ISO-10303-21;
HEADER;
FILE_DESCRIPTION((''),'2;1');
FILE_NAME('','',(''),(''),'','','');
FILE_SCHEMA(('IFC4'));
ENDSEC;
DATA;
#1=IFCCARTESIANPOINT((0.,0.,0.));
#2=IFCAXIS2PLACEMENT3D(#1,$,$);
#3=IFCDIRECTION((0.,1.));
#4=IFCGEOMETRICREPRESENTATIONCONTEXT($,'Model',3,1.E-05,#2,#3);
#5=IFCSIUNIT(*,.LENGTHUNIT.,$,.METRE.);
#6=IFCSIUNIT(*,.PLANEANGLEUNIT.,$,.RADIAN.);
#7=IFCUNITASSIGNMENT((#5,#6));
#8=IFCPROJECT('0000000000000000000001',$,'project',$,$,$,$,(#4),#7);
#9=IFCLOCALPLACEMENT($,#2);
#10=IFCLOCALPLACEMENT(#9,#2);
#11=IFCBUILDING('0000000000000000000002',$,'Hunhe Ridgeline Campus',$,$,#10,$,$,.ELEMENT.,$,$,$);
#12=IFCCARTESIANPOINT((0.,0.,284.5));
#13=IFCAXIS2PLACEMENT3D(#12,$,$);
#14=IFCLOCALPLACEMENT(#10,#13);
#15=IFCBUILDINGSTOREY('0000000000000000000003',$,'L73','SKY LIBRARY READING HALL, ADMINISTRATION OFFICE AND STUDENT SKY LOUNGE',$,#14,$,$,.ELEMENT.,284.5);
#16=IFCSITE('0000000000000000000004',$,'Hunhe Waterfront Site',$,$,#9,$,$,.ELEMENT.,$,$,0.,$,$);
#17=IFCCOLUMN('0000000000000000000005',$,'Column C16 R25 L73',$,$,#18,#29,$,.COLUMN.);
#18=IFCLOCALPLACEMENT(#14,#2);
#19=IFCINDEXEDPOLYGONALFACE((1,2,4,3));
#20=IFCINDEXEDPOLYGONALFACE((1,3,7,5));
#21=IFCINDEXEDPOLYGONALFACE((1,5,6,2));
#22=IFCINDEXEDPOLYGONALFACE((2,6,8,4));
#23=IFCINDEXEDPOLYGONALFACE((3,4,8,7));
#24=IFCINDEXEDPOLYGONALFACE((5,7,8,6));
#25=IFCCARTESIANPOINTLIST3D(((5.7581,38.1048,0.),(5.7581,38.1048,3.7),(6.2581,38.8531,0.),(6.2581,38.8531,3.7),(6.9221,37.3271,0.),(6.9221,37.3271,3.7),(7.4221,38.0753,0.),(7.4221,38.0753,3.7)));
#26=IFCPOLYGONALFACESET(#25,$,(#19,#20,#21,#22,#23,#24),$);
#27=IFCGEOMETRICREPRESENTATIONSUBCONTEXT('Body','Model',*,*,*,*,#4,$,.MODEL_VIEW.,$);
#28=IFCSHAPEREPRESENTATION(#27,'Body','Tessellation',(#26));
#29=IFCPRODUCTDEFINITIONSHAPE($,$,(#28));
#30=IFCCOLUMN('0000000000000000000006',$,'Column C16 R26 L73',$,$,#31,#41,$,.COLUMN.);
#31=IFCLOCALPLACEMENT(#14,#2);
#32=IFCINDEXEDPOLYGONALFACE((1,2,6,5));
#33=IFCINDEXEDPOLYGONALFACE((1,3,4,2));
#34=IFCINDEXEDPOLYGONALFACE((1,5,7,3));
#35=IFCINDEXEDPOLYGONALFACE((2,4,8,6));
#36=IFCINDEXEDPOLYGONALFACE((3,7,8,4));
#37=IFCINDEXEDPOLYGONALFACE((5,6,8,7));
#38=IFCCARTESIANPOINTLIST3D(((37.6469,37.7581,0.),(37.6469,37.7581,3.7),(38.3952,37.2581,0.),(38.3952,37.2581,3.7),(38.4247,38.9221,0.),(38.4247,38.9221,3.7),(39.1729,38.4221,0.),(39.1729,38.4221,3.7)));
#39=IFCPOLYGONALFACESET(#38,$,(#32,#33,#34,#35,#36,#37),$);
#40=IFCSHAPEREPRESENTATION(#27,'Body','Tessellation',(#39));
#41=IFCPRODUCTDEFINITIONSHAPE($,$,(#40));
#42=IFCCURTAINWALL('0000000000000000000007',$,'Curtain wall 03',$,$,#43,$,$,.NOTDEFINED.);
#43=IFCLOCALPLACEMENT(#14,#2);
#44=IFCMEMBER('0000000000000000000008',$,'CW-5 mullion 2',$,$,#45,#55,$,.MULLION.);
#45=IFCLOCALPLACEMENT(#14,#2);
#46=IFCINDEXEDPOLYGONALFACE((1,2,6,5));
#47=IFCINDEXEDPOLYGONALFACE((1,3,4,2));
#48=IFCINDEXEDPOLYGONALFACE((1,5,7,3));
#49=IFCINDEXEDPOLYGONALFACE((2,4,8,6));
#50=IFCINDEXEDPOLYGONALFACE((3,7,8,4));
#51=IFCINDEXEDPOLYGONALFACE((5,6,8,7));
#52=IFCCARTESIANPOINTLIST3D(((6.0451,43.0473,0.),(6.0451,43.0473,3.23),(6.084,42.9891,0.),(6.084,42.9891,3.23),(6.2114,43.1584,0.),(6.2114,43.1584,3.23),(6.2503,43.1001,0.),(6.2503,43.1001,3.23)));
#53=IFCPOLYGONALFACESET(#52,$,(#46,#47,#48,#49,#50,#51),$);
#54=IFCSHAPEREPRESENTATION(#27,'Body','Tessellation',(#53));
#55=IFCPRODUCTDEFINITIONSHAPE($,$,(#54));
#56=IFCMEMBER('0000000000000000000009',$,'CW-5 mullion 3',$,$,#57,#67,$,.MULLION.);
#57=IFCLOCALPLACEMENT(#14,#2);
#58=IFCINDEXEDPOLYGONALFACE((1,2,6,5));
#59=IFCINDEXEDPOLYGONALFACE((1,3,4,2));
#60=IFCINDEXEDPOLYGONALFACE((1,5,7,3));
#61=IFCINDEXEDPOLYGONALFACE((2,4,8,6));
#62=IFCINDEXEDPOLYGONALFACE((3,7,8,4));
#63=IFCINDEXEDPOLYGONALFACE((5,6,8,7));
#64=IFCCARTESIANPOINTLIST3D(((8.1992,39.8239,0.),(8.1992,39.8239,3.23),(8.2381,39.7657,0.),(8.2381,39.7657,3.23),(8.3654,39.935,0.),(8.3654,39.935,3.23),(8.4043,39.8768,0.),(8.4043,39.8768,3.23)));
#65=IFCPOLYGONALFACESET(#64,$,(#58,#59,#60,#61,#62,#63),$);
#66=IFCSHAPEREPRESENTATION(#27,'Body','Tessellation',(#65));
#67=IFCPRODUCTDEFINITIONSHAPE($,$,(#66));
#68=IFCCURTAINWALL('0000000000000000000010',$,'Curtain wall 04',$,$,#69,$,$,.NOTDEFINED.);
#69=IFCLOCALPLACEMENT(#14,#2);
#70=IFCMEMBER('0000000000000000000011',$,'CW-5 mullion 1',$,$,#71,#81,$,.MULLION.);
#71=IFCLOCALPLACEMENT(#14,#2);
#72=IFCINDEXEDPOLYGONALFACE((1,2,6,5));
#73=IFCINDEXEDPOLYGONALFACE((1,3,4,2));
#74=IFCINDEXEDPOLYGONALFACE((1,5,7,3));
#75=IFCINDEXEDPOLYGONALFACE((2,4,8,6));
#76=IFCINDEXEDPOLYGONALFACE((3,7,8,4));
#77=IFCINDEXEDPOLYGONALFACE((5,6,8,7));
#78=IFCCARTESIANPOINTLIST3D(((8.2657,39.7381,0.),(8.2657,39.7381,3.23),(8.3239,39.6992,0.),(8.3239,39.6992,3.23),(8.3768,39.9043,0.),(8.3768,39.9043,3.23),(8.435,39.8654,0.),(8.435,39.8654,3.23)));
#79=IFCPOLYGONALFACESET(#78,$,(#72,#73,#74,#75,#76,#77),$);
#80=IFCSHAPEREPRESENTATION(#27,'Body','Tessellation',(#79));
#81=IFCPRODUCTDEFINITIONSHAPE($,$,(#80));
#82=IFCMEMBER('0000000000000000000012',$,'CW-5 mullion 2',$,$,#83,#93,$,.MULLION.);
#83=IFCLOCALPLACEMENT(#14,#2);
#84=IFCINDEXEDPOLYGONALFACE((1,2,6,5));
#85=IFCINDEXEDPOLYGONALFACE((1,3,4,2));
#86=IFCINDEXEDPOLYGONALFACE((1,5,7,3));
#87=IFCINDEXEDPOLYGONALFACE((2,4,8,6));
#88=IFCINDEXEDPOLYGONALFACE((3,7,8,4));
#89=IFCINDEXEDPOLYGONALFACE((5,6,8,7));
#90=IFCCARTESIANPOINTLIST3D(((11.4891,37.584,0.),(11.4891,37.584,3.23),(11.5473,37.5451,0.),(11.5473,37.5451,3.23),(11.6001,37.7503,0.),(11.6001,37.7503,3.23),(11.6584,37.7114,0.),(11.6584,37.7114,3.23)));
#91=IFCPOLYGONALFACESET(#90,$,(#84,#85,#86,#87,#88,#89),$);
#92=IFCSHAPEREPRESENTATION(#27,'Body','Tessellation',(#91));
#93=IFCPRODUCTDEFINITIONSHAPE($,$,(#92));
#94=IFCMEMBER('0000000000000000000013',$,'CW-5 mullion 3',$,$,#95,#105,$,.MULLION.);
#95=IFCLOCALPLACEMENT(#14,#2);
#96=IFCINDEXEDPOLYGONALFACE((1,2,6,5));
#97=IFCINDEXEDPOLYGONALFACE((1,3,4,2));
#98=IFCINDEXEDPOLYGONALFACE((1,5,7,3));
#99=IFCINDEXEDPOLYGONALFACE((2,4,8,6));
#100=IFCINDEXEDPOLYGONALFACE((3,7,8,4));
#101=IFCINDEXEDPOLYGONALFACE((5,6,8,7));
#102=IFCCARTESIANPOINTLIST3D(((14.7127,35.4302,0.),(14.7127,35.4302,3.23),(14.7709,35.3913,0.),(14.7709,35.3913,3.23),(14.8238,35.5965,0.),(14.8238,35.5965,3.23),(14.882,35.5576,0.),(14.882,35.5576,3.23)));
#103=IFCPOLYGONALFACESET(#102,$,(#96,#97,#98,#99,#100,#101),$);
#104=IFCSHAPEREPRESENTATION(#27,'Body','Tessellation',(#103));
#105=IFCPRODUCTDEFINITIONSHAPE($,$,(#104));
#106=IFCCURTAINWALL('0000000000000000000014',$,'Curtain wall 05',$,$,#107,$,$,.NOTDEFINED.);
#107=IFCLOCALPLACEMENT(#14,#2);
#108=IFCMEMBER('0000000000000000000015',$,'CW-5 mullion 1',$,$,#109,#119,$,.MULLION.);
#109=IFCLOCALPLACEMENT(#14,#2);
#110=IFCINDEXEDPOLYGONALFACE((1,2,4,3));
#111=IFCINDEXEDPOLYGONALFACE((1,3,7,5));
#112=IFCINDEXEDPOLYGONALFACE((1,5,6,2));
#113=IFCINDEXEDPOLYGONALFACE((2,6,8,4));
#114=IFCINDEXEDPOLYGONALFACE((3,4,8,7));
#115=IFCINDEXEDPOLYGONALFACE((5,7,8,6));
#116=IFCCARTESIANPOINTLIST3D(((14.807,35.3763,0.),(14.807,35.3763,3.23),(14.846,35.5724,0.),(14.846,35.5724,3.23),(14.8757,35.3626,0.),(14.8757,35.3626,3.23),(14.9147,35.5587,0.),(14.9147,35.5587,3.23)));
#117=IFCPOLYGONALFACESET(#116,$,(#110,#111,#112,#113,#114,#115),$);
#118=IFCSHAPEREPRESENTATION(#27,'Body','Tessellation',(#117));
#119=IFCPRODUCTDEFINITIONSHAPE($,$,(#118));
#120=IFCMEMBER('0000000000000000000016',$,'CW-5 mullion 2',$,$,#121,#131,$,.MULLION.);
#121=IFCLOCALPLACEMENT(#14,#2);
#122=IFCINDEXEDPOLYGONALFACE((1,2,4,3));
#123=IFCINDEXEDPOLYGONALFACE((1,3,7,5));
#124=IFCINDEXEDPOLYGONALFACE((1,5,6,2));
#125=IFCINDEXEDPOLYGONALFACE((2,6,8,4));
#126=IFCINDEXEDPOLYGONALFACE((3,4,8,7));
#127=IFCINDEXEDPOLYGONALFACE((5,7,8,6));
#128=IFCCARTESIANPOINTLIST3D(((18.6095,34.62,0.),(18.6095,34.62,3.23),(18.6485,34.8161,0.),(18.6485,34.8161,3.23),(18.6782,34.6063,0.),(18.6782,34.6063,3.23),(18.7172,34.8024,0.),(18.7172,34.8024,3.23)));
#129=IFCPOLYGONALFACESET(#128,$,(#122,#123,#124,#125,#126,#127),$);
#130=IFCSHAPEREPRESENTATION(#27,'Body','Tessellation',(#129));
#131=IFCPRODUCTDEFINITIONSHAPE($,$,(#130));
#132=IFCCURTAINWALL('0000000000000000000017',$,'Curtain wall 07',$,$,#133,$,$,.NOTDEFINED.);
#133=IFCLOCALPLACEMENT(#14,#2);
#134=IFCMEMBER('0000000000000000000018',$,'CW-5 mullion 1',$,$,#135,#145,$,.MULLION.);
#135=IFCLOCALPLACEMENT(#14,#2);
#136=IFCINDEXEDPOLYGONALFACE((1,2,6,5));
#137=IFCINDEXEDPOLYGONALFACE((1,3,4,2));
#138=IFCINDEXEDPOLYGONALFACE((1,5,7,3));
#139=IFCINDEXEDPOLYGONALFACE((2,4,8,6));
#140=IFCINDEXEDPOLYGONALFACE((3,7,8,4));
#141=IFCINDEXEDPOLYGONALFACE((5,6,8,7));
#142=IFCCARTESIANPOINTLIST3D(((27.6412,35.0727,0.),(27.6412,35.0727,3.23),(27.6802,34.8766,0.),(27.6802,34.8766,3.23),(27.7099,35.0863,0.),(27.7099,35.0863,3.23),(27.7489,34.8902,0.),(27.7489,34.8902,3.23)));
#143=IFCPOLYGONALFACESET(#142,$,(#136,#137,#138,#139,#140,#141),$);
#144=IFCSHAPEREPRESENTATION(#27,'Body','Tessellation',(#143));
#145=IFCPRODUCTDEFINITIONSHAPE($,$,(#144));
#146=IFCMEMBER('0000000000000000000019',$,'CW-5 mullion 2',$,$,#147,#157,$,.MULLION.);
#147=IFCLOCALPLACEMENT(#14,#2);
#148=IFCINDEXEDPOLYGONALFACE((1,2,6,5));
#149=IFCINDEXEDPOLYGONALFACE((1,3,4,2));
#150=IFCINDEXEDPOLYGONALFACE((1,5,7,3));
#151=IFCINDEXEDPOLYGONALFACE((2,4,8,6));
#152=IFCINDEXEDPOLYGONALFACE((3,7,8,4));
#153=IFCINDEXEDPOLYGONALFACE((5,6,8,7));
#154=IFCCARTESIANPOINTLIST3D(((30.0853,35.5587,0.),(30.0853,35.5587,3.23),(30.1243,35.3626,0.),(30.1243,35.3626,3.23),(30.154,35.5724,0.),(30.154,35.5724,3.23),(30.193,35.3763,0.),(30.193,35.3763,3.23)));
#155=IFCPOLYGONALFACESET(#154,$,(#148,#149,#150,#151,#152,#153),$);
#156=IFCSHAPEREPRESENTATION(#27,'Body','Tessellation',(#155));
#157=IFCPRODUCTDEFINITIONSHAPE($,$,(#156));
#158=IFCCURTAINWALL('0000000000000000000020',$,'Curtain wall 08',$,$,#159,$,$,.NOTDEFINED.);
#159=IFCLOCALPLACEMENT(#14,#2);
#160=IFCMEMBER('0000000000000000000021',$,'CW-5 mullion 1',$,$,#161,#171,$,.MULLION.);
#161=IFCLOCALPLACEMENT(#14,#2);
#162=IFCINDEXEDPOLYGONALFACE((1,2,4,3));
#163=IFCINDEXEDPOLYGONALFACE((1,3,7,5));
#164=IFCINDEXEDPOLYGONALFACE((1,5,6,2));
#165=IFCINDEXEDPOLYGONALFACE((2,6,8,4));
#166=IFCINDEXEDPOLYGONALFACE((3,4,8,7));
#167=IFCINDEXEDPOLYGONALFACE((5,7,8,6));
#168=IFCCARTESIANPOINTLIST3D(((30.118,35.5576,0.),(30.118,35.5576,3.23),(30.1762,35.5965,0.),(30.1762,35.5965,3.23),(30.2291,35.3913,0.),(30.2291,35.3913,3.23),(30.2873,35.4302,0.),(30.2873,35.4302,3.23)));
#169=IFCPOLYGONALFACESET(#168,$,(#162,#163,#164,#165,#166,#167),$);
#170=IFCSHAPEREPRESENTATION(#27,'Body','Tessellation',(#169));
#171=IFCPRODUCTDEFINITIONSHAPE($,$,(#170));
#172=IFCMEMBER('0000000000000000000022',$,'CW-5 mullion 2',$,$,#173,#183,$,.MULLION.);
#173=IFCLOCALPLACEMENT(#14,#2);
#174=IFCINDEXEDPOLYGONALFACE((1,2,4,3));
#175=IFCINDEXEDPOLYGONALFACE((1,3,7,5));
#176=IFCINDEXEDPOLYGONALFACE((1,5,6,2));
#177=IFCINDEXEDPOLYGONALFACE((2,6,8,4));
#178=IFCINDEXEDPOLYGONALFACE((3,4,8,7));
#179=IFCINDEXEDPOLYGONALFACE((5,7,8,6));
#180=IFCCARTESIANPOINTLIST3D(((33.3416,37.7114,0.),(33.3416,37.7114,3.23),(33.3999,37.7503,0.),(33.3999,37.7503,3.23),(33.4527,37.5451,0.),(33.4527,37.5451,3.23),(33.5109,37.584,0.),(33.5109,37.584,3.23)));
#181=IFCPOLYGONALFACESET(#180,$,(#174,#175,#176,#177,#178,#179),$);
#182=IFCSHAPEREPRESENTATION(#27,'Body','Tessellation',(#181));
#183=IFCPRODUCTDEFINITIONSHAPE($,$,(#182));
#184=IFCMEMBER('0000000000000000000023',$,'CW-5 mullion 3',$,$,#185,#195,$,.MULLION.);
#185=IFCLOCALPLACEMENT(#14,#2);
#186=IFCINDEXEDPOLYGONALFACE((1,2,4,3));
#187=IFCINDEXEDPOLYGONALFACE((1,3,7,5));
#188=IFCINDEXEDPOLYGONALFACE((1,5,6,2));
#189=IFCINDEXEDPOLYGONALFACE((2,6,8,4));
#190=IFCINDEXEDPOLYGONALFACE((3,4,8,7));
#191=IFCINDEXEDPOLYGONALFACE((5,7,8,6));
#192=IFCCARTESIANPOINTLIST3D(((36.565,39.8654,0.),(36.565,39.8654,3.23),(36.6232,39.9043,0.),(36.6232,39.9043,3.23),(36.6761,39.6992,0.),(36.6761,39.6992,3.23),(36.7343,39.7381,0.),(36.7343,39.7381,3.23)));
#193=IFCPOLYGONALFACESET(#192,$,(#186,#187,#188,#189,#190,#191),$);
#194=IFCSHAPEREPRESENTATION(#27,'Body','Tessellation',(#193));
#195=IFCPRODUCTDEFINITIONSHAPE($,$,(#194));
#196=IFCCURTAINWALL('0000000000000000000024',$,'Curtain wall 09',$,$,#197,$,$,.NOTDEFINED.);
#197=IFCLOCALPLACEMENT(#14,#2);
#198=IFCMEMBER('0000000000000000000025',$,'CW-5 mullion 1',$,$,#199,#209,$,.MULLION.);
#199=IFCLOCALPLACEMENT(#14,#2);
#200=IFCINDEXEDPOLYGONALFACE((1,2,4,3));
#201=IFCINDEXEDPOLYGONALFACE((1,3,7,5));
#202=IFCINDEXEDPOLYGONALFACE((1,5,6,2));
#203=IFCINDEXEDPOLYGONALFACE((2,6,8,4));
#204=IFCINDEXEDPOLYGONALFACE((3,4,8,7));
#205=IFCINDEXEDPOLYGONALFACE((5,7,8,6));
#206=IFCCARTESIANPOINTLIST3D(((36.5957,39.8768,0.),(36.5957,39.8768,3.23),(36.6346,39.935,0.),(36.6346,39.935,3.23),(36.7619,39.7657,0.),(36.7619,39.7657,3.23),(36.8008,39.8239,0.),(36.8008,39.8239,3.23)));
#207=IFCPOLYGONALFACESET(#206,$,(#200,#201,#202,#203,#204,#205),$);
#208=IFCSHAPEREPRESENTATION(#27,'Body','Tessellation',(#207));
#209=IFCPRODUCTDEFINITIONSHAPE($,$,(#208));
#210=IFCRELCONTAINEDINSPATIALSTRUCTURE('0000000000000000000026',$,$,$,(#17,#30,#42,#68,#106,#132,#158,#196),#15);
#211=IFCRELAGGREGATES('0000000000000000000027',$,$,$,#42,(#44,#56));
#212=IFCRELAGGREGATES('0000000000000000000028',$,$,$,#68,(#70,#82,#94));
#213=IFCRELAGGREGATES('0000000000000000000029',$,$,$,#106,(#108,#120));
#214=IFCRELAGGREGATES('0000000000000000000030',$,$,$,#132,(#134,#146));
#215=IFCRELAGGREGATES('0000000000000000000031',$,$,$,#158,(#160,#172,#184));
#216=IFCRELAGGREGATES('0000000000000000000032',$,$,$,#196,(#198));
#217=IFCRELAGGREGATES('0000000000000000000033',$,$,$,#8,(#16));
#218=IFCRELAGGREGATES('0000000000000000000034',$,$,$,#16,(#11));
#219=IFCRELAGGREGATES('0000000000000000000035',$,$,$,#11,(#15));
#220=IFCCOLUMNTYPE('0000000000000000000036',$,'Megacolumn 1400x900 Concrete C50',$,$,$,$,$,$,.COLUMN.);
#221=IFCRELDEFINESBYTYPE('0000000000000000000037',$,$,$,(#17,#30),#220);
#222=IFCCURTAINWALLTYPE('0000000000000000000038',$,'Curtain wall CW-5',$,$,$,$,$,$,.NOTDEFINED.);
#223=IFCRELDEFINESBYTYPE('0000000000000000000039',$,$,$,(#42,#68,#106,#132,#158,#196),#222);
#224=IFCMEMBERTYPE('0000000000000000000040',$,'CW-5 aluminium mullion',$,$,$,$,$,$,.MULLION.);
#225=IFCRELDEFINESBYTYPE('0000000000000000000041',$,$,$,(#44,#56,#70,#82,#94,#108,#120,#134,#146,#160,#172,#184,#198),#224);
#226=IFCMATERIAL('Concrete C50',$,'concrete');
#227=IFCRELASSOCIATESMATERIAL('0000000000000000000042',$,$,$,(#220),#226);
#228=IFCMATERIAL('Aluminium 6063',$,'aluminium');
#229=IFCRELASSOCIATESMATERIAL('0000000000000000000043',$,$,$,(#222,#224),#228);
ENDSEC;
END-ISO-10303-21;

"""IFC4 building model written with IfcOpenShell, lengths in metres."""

from ifc_helpers import new_model, si_unit, direction, frame, origin, origin_2d, place, context, subcontext, project, spatial, rectangle, extrude, material, material_profile, profile_set, type_object, element, aggregate, save


model = new_model("IFC4")

# Units and contexts
model_context = context("Model", 3, precision=1e-05, world=origin(), true_north=direction((0.0, 1.0)))
body_context = subcontext(model_context, "Body", "Model", "MODEL_VIEW")
ifc_project = project(units=[si_unit("LENGTHUNIT", "METRE"), si_unit("PLANEANGLEUNIT", "RADIAN")], contexts=[model_context])

# Site, building, storey
site_placement = place(None, origin())
site = spatial("IfcSite", under=ifc_project, at=site_placement, Name="Hunhe Waterfront Site", CompositionType="ELEMENT", RefElevation=0.0)
building_placement = place(site_placement, origin())
building = spatial("IfcBuilding", under=site, at=building_placement, Name="Hunhe Ridgeline Campus", CompositionType="ELEMENT")
storey_placement = place(building_placement, frame((0.0, 0.0, 284.5)))
storey = spatial("IfcBuildingStorey", under=building, at=storey_placement, Name="L73", Description="SKY LIBRARY READING HALL, ADMINISTRATION OFFICE AND STUDENT SKY LOUNGE", CompositionType="ELEMENT", Elevation=284.5)

# Columns
ifc_material_1 = material(Name="Concrete C50", Category="concrete")
ifc_material_profile_1 = material_profile(ifc_material_1, rectangle(XDim=1.3999, YDim=0.8999, at=origin_2d()))
ifc_profile_set_1 = profile_set([ifc_material_profile_1], Name="Concrete C50")
column_type = type_object("IfcColumnType", Name="Megacolumn 1400x900 Concrete C50", PredefinedType="COLUMN", material=ifc_profile_set_1)
for number, where, z_axis, x_axis, name in (
    (1, (6.5901, 38.0901, 0.0), (0.0, 0.0, 1.0), (-0.83147, 0.55557, 0.0), "Column C16 R25 L73"),
    (2, (38.4099, 38.0901, 0.0), (0.0, 0.0, 1.0), (0.55557, 0.83147, 0.0), "Column C16 R26 L73"),
):
    element("IfcColumn", number, at=place(storey_placement, frame(where, z_axis=z_axis, x_axis=x_axis)), inside=storey, type_object=column_type, Name=name, PredefinedType="COLUMN", context=body_context, shape_type="SweptSolid", body=[
        extrude(rectangle(XDim=1.3999, YDim=0.8999, at=origin_2d()), origin(), (0.0, 0.0, 1.0), 3.7),
    ])

# Curtain walls, members
ifc_material_2 = material(Name="Aluminium 6063", Category="aluminium")
curtain_wall_type = type_object("IfcCurtainWallType", Name="Curtain wall CW-5", PredefinedType="NOTDEFINED", material=ifc_material_2)
curtain_wall_1_placement = place(storey_placement, origin())
curtain_wall_1 = element("IfcCurtainWall", 3, at=curtain_wall_1_placement, inside=storey, type_object=curtain_wall_type, Name="Curtain wall 03", PredefinedType="NOTDEFINED")
ifc_material_profile_2 = material_profile(ifc_material_2, rectangle(XDim=0.2, YDim=0.0701, at=origin_2d()))
ifc_profile_set_2 = profile_set([ifc_material_profile_2], Name="Aluminium 6063")
member_type_1 = type_object("IfcMemberType", Name="CW-5 aluminium mullion", PredefinedType="MULLION", material=ifc_profile_set_2)
member_1_placement = place(storey_placement, frame((6.1477, 43.0737, 0.0), z_axis=(0.0, 0.0, 1.0), x_axis=(0.83147, 0.55557, 0.0)))
member_1 = element("IfcMember", 4, at=member_1_placement, type_object=member_type_1, Name="CW-5 mullion 2", PredefinedType="MULLION", context=body_context, shape_type="SweptSolid", body=[
    extrude(rectangle(XDim=0.2, YDim=0.0701, at=origin_2d()), origin(), (0.0, 0.0, 1.0), 3.23),
])
member_2_placement = place(storey_placement, frame((8.3018, 39.8503, 0.0), z_axis=(0.0, 0.0, 1.0), x_axis=(0.83147, 0.55557, 0.0)))
member_2 = element("IfcMember", 5, at=member_2_placement, type_object=member_type_1, Name="CW-5 mullion 3", PredefinedType="MULLION", context=body_context, shape_type="SweptSolid", body=[
    extrude(rectangle(XDim=0.2, YDim=0.0701, at=origin_2d()), origin(), (0.0, 0.0, 1.0), 3.23),
])
curtain_wall_2_placement = place(storey_placement, origin())
curtain_wall_2 = element("IfcCurtainWall", 6, at=curtain_wall_2_placement, inside=storey, type_object=curtain_wall_type, Name="Curtain wall 04", PredefinedType="NOTDEFINED")
member_3_placement = place(storey_placement, frame((8.3503, 39.8018, 0.0), z_axis=(0.0, 0.0, 1.0), x_axis=(0.55557, 0.83147, 0.0)))
member_3 = element("IfcMember", 7, at=member_3_placement, type_object=member_type_1, Name="CW-5 mullion 1", PredefinedType="MULLION", context=body_context, shape_type="SweptSolid", body=[
    extrude(rectangle(XDim=0.2, YDim=0.0701, at=origin_2d()), origin(), (0.0, 0.0, 1.0), 3.23),
])
member_4_placement = place(storey_placement, frame((11.5737, 37.6477, 0.0), z_axis=(0.0, 0.0, 1.0), x_axis=(0.55557, 0.83147, 0.0)))
member_4 = element("IfcMember", 8, at=member_4_placement, type_object=member_type_1, Name="CW-5 mullion 2", PredefinedType="MULLION", context=body_context, shape_type="SweptSolid", body=[
    extrude(rectangle(XDim=0.2, YDim=0.0701, at=origin_2d()), origin(), (0.0, 0.0, 1.0), 3.23),
])
member_5_placement = place(storey_placement, frame((14.7974, 35.4939, 0.0), z_axis=(0.0, 0.0, 1.0), x_axis=(0.55557, 0.83147, 0.0)))
member_5 = element("IfcMember", 9, at=member_5_placement, type_object=member_type_1, Name="CW-5 mullion 3", PredefinedType="MULLION", context=body_context, shape_type="SweptSolid", body=[
    extrude(rectangle(XDim=0.2, YDim=0.0701, at=origin_2d()), origin(), (0.0, 0.0, 1.0), 3.23),
])
curtain_wall_3_placement = place(storey_placement, origin())
curtain_wall_3 = element("IfcCurtainWall", 10, at=curtain_wall_3_placement, inside=storey, type_object=curtain_wall_type, Name="Curtain wall 05", PredefinedType="NOTDEFINED")
member_6_placement = place(storey_placement, frame((14.8608, 35.4675, 0.0), z_axis=(0.0, 0.0, 1.0), x_axis=(0.19509, 0.980785, 0.0)))
member_6 = element("IfcMember", 11, at=member_6_placement, type_object=member_type_1, Name="CW-5 mullion 1", PredefinedType="MULLION", context=body_context, shape_type="SweptSolid", body=[
    extrude(rectangle(XDim=0.2, YDim=0.0701, at=origin_2d()), origin(), (0.0, 0.0, 1.0), 3.23),
])
member_7_placement = place(storey_placement, frame((18.6633, 34.7112, 0.0), z_axis=(0.0, 0.0, 1.0), x_axis=(0.19509, 0.980785, 0.0)))
member_7 = element("IfcMember", 12, at=member_7_placement, type_object=member_type_1, Name="CW-5 mullion 2", PredefinedType="MULLION", context=body_context, shape_type="SweptSolid", body=[
    extrude(rectangle(XDim=0.2, YDim=0.0701, at=origin_2d()), origin(), (0.0, 0.0, 1.0), 3.23),
])
curtain_wall_4_placement = place(storey_placement, origin())
curtain_wall_4 = element("IfcCurtainWall", 13, at=curtain_wall_4_placement, inside=storey, type_object=curtain_wall_type, Name="Curtain wall 07", PredefinedType="NOTDEFINED")
member_8_placement = place(storey_placement, frame((27.6951, 34.9814, 0.0), z_axis=(0.0, 0.0, 1.0), x_axis=(-0.195091, 0.980785, 0.0)))
member_8 = element("IfcMember", 14, at=member_8_placement, type_object=member_type_1, Name="CW-5 mullion 1", PredefinedType="MULLION", context=body_context, shape_type="SweptSolid", body=[
    extrude(rectangle(XDim=0.2, YDim=0.0701, at=origin_2d()), origin(), (0.0, 0.0, 1.0), 3.23),
])
member_9_placement = place(storey_placement, frame((30.1392, 35.4675, 0.0), z_axis=(0.0, 0.0, 1.0), x_axis=(-0.195091, 0.980785, 0.0)))
member_9 = element("IfcMember", 15, at=member_9_placement, type_object=member_type_1, Name="CW-5 mullion 2", PredefinedType="MULLION", context=body_context, shape_type="SweptSolid", body=[
    extrude(rectangle(XDim=0.2, YDim=0.0701, at=origin_2d()), origin(), (0.0, 0.0, 1.0), 3.23),
])
curtain_wall_5_placement = place(storey_placement, origin())
curtain_wall_5 = element("IfcCurtainWall", 16, at=curtain_wall_5_placement, inside=storey, type_object=curtain_wall_type, Name="Curtain wall 08", PredefinedType="NOTDEFINED")
member_10_placement = place(storey_placement, frame((30.2026, 35.4939, 0.0), z_axis=(0.0, 0.0, 1.0), x_axis=(-0.55557, 0.83147, 0.0)))
member_10 = element("IfcMember", 17, at=member_10_placement, type_object=member_type_1, Name="CW-5 mullion 1", PredefinedType="MULLION", context=body_context, shape_type="SweptSolid", body=[
    extrude(rectangle(XDim=0.2, YDim=0.0701, at=origin_2d()), origin(), (0.0, 0.0, 1.0), 3.23),
])
member_11_placement = place(storey_placement, frame((33.4263, 37.6477, 0.0), z_axis=(0.0, 0.0, 1.0), x_axis=(-0.55557, 0.83147, 0.0)))
member_11 = element("IfcMember", 18, at=member_11_placement, type_object=member_type_1, Name="CW-5 mullion 2", PredefinedType="MULLION", context=body_context, shape_type="SweptSolid", body=[
    extrude(rectangle(XDim=0.2, YDim=0.0701, at=origin_2d()), origin(), (0.0, 0.0, 1.0), 3.23),
])
member_12_placement = place(storey_placement, frame((36.6497, 39.8018, 0.0), z_axis=(0.0, 0.0, 1.0), x_axis=(-0.55557, 0.83147, 0.0)))
member_12 = element("IfcMember", 19, at=member_12_placement, type_object=member_type_1, Name="CW-5 mullion 3", PredefinedType="MULLION", context=body_context, shape_type="SweptSolid", body=[
    extrude(rectangle(XDim=0.2, YDim=0.0701, at=origin_2d()), origin(), (0.0, 0.0, 1.0), 3.23),
])

# Curtain wall, member
curtain_wall_6_placement = place(storey_placement, origin())
curtain_wall_6 = element("IfcCurtainWall", 20, at=curtain_wall_6_placement, inside=storey, type_object=curtain_wall_type, Name="Curtain wall 09", PredefinedType="NOTDEFINED")
member_13_placement = place(storey_placement, frame((36.6982, 39.8503, 0.0), z_axis=(0.0, 0.0, 1.0), x_axis=(-0.83147, 0.55557, 0.0)))
member_13 = element("IfcMember", 21, at=member_13_placement, type_object=member_type_1, Name="CW-5 mullion 1", PredefinedType="MULLION", context=body_context, shape_type="SweptSolid", body=[
    extrude(rectangle(XDim=0.2, YDim=0.0701, at=origin_2d()), origin(), (0.0, 0.0, 1.0), 3.23),
])

aggregate(curtain_wall_1, [member_1, member_2])
aggregate(curtain_wall_2, [member_3, member_4, member_5])
aggregate(curtain_wall_3, [member_6, member_7])
aggregate(curtain_wall_4, [member_8, member_9])
aggregate(curtain_wall_5, [member_10, member_11, member_12])
aggregate(curtain_wall_6, [member_13])

save(model, "model.ifc")
